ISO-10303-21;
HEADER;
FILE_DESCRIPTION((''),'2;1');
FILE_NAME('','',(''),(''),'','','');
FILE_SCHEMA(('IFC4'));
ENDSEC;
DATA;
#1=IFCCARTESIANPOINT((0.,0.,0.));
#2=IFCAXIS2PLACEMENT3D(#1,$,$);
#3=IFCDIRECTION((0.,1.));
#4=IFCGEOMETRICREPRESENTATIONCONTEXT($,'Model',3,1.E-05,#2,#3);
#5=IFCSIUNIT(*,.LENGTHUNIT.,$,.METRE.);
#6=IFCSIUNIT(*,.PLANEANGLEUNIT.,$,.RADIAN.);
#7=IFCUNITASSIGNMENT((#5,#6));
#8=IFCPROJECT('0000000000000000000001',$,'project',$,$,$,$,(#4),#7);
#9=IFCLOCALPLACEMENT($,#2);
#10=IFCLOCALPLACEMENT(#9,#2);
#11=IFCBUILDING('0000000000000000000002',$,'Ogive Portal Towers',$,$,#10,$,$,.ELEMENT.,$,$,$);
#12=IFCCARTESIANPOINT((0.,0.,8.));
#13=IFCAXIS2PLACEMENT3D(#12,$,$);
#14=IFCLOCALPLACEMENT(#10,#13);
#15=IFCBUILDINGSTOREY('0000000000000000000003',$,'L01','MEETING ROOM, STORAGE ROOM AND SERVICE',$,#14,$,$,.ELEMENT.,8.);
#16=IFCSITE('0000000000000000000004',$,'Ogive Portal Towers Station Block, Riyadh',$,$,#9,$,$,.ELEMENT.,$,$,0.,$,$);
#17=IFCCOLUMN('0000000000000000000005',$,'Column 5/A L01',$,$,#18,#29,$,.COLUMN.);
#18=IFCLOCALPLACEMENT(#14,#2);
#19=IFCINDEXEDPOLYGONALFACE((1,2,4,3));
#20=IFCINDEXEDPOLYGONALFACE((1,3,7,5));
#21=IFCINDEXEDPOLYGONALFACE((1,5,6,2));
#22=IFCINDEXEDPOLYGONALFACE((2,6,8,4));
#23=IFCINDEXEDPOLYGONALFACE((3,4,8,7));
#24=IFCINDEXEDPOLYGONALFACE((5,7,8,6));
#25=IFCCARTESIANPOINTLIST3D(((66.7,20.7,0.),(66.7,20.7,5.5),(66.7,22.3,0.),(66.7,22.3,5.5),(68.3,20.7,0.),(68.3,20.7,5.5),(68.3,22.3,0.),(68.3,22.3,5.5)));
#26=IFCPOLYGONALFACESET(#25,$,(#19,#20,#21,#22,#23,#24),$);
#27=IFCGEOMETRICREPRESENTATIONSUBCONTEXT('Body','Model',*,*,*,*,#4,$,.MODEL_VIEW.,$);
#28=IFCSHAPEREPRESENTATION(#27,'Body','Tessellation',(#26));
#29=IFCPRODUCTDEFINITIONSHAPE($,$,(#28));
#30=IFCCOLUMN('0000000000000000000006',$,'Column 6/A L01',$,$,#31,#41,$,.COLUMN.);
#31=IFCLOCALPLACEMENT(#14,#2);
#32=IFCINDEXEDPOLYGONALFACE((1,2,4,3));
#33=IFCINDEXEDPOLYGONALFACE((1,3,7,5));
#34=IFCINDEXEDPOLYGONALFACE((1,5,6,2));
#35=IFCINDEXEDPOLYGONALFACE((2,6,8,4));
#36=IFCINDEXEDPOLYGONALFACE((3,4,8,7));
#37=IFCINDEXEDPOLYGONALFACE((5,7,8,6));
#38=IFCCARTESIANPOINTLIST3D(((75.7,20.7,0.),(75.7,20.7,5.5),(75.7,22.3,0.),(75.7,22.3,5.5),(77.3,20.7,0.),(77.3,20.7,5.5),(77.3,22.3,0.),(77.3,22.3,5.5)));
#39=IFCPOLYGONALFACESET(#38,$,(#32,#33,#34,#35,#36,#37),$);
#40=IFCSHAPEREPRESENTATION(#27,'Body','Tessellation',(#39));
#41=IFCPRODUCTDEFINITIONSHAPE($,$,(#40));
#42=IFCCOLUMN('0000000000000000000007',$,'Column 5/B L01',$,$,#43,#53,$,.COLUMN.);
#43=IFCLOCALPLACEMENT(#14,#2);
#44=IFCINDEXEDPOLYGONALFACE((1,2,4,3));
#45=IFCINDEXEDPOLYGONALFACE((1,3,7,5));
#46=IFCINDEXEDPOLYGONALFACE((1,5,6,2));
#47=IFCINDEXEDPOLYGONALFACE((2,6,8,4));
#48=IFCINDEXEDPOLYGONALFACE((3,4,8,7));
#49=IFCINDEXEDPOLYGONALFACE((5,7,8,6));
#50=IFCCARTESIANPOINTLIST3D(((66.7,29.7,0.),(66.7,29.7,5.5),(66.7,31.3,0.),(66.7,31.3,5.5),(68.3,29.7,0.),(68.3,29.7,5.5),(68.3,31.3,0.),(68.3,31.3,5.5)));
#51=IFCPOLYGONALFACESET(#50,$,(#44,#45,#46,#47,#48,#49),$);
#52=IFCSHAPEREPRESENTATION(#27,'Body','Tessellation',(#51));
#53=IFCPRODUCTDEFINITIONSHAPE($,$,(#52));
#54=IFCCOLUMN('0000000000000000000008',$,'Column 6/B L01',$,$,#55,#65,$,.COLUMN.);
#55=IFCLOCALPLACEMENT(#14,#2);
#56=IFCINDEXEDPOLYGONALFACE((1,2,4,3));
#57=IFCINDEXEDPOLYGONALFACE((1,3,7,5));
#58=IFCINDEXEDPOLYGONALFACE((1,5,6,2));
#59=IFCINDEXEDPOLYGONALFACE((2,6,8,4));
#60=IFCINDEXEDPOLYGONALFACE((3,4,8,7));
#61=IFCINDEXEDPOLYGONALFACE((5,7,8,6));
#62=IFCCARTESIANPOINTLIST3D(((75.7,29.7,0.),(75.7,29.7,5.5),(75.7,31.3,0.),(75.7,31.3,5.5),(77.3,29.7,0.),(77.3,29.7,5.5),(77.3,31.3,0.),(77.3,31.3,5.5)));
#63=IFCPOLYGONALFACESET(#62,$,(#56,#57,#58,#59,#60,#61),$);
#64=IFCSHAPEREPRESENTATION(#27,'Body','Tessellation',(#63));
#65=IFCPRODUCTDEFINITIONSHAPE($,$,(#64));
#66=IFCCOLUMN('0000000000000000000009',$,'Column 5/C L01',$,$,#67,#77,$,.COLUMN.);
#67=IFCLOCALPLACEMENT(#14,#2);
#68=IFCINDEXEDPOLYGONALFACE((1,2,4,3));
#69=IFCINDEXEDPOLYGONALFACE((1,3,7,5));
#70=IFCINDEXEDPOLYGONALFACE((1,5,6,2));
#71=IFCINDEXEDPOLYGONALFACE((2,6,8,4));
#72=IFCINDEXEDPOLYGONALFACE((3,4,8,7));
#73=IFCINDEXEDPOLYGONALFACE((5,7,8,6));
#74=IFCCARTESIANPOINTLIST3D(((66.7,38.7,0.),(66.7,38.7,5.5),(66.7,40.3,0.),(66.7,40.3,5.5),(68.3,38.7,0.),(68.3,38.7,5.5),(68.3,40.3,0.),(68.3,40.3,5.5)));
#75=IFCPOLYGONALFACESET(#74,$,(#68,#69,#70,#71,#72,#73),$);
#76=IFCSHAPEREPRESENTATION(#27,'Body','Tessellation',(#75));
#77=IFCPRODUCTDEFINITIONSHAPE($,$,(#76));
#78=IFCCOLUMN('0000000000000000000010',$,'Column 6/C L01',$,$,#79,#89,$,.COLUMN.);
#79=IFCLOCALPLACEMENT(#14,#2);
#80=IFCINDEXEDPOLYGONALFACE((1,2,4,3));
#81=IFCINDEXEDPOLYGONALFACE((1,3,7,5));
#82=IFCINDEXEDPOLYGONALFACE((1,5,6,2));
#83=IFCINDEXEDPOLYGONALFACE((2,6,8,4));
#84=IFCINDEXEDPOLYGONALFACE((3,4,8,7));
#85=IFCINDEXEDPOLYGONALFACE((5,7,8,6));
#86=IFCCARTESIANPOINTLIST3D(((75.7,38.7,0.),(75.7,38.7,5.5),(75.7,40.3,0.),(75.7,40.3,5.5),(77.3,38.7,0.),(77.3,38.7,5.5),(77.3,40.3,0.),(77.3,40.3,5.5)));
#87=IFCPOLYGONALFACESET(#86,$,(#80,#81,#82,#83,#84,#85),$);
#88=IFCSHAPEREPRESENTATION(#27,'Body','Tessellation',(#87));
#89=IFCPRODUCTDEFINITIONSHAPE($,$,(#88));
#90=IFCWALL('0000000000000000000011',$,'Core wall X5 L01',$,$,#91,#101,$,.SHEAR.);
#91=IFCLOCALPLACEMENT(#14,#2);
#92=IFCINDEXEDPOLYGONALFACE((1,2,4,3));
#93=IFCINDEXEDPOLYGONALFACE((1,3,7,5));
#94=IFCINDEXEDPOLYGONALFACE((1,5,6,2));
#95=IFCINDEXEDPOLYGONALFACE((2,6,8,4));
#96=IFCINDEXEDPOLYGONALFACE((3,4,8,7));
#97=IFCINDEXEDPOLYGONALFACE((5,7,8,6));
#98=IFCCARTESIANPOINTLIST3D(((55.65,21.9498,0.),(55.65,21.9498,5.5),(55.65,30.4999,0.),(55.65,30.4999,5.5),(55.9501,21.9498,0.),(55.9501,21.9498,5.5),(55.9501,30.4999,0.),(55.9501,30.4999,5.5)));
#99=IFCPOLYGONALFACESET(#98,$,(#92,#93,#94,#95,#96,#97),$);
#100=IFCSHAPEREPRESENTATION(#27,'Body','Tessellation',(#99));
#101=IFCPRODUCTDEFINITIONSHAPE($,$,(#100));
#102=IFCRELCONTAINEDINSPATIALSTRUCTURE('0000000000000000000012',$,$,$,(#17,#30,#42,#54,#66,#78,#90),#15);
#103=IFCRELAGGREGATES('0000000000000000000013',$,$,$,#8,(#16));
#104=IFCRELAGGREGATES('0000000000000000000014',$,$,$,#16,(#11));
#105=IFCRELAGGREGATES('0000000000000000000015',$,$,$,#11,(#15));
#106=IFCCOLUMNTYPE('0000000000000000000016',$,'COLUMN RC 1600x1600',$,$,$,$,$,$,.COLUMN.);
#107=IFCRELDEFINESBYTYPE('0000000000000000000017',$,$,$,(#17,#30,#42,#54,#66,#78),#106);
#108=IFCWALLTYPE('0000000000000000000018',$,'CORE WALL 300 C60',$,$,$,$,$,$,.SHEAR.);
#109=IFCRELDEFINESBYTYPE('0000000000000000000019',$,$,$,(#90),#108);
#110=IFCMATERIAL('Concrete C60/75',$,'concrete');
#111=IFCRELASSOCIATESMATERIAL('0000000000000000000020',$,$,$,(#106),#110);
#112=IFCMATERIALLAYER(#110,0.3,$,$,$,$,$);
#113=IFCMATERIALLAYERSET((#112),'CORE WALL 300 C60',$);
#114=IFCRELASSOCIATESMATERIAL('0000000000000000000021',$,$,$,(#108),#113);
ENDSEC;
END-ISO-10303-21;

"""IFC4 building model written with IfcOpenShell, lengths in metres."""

from ifc_helpers import new_model, si_unit, direction, frame, frame_2d, origin, origin_2d, place, context, subcontext, project, spatial, rectangle, extrude, material, layer, layer_set, material_profile, profile_set, type_object, element, save


model = new_model("IFC4")

# Units and contexts
model_context = context("Model", 3, precision=1e-05, world=origin(), true_north=direction((0.0, 1.0)))
body_context = subcontext(model_context, "Body", "Model", "MODEL_VIEW")
ifc_project = project(units=[si_unit("LENGTHUNIT", "METRE"), si_unit("PLANEANGLEUNIT", "RADIAN")], contexts=[model_context])

# Site, building, storey
site_placement = place(None, origin())
site = spatial("IfcSite", under=ifc_project, at=site_placement, Name="Ogive Portal Towers Station Block, Riyadh", CompositionType="ELEMENT", RefElevation=0.0)
building_placement = place(site_placement, origin())
building = spatial("IfcBuilding", under=site, at=building_placement, Name="Ogive Portal Towers", CompositionType="ELEMENT")
storey_placement = place(building_placement, frame((0.0, 0.0, 8.0)))
storey = spatial("IfcBuildingStorey", under=building, at=storey_placement, Name="L01", Description="MEETING ROOM, STORAGE ROOM AND SERVICE", CompositionType="ELEMENT", Elevation=8.0)

# Columns
ifc_material_1 = material(Name="Concrete C60/75", Category="concrete")
ifc_material_profile = material_profile(ifc_material_1, rectangle(XDim=1.6001, YDim=1.6001, at=origin_2d()), Name="RC 1600x1600")
ifc_profile_set = profile_set([ifc_material_profile], Name="Concrete C60/75")
column_type = type_object("IfcColumnType", Name="COLUMN RC 1600x1600", PredefinedType="COLUMN", material=ifc_profile_set)
for number, where, z_axis, x_axis, name in (
    (1, (67.5, 21.5, 0.0), (0.0, 0.0, 1.0), (1.0, 0.0, 0.0), "Column 5/A L01"),
    (2, (76.5, 21.5, 0.0), (0.0, 0.0, 1.0), (1.0, 0.0, 0.0), "Column 6/A L01"),
    (3, (67.5, 30.5, 0.0), (0.0, 0.0, 1.0), (1.0, 0.0, 0.0), "Column 5/B L01"),
    (4, (76.5, 30.5, 0.0), (0.0, 0.0, 1.0), (1.0, 0.0, 0.0), "Column 6/B L01"),
    (5, (67.5, 39.5, 0.0), (0.0, 0.0, 1.0), (1.0, 0.0, 0.0), "Column 5/C L01"),
    (6, (76.5, 39.5, 0.0), (0.0, 0.0, 1.0), (1.0, 0.0, 0.0), "Column 6/C L01"),
):
    element("IfcColumn", number, at=place(storey_placement, frame(where, z_axis=z_axis, x_axis=x_axis)), inside=storey, type_object=column_type, Name=name, PredefinedType="COLUMN", context=body_context, shape_type="SweptSolid", body=[
        extrude(rectangle(XDim=1.6001, YDim=1.6001, at=origin_2d()), origin(), (0.0, 0.0, 1.0), 5.5),
    ])

# Wall
ifc_layer_1 = layer(ifc_material_1, 0.3)
ifc_layer_set_1 = layer_set([ifc_layer_1], Name="CORE WALL 300 C60")
wall_type_1 = type_object("IfcWallType", Name="CORE WALL 300 C60", PredefinedType="SHEAR", material=ifc_layer_set_1)
wall_1_placement = place(storey_placement, frame((55.8, 21.95, 0.0), z_axis=(0.0, 0.0, 1.0), x_axis=(0.0, 1.0, 0.0)))
element("IfcWall", 7, at=wall_1_placement, inside=storey, type_object=wall_type_1, Name="Core wall X5 L01", PredefinedType="SHEAR", context=body_context, shape_type="SweptSolid", body=[
    extrude(rectangle(XDim=8.55, YDim=0.3, at=frame_2d((4.2749, 0.0))), origin(), (0.0, 0.0, 1.0), 5.5),
])

save(model, "model.ifc")
